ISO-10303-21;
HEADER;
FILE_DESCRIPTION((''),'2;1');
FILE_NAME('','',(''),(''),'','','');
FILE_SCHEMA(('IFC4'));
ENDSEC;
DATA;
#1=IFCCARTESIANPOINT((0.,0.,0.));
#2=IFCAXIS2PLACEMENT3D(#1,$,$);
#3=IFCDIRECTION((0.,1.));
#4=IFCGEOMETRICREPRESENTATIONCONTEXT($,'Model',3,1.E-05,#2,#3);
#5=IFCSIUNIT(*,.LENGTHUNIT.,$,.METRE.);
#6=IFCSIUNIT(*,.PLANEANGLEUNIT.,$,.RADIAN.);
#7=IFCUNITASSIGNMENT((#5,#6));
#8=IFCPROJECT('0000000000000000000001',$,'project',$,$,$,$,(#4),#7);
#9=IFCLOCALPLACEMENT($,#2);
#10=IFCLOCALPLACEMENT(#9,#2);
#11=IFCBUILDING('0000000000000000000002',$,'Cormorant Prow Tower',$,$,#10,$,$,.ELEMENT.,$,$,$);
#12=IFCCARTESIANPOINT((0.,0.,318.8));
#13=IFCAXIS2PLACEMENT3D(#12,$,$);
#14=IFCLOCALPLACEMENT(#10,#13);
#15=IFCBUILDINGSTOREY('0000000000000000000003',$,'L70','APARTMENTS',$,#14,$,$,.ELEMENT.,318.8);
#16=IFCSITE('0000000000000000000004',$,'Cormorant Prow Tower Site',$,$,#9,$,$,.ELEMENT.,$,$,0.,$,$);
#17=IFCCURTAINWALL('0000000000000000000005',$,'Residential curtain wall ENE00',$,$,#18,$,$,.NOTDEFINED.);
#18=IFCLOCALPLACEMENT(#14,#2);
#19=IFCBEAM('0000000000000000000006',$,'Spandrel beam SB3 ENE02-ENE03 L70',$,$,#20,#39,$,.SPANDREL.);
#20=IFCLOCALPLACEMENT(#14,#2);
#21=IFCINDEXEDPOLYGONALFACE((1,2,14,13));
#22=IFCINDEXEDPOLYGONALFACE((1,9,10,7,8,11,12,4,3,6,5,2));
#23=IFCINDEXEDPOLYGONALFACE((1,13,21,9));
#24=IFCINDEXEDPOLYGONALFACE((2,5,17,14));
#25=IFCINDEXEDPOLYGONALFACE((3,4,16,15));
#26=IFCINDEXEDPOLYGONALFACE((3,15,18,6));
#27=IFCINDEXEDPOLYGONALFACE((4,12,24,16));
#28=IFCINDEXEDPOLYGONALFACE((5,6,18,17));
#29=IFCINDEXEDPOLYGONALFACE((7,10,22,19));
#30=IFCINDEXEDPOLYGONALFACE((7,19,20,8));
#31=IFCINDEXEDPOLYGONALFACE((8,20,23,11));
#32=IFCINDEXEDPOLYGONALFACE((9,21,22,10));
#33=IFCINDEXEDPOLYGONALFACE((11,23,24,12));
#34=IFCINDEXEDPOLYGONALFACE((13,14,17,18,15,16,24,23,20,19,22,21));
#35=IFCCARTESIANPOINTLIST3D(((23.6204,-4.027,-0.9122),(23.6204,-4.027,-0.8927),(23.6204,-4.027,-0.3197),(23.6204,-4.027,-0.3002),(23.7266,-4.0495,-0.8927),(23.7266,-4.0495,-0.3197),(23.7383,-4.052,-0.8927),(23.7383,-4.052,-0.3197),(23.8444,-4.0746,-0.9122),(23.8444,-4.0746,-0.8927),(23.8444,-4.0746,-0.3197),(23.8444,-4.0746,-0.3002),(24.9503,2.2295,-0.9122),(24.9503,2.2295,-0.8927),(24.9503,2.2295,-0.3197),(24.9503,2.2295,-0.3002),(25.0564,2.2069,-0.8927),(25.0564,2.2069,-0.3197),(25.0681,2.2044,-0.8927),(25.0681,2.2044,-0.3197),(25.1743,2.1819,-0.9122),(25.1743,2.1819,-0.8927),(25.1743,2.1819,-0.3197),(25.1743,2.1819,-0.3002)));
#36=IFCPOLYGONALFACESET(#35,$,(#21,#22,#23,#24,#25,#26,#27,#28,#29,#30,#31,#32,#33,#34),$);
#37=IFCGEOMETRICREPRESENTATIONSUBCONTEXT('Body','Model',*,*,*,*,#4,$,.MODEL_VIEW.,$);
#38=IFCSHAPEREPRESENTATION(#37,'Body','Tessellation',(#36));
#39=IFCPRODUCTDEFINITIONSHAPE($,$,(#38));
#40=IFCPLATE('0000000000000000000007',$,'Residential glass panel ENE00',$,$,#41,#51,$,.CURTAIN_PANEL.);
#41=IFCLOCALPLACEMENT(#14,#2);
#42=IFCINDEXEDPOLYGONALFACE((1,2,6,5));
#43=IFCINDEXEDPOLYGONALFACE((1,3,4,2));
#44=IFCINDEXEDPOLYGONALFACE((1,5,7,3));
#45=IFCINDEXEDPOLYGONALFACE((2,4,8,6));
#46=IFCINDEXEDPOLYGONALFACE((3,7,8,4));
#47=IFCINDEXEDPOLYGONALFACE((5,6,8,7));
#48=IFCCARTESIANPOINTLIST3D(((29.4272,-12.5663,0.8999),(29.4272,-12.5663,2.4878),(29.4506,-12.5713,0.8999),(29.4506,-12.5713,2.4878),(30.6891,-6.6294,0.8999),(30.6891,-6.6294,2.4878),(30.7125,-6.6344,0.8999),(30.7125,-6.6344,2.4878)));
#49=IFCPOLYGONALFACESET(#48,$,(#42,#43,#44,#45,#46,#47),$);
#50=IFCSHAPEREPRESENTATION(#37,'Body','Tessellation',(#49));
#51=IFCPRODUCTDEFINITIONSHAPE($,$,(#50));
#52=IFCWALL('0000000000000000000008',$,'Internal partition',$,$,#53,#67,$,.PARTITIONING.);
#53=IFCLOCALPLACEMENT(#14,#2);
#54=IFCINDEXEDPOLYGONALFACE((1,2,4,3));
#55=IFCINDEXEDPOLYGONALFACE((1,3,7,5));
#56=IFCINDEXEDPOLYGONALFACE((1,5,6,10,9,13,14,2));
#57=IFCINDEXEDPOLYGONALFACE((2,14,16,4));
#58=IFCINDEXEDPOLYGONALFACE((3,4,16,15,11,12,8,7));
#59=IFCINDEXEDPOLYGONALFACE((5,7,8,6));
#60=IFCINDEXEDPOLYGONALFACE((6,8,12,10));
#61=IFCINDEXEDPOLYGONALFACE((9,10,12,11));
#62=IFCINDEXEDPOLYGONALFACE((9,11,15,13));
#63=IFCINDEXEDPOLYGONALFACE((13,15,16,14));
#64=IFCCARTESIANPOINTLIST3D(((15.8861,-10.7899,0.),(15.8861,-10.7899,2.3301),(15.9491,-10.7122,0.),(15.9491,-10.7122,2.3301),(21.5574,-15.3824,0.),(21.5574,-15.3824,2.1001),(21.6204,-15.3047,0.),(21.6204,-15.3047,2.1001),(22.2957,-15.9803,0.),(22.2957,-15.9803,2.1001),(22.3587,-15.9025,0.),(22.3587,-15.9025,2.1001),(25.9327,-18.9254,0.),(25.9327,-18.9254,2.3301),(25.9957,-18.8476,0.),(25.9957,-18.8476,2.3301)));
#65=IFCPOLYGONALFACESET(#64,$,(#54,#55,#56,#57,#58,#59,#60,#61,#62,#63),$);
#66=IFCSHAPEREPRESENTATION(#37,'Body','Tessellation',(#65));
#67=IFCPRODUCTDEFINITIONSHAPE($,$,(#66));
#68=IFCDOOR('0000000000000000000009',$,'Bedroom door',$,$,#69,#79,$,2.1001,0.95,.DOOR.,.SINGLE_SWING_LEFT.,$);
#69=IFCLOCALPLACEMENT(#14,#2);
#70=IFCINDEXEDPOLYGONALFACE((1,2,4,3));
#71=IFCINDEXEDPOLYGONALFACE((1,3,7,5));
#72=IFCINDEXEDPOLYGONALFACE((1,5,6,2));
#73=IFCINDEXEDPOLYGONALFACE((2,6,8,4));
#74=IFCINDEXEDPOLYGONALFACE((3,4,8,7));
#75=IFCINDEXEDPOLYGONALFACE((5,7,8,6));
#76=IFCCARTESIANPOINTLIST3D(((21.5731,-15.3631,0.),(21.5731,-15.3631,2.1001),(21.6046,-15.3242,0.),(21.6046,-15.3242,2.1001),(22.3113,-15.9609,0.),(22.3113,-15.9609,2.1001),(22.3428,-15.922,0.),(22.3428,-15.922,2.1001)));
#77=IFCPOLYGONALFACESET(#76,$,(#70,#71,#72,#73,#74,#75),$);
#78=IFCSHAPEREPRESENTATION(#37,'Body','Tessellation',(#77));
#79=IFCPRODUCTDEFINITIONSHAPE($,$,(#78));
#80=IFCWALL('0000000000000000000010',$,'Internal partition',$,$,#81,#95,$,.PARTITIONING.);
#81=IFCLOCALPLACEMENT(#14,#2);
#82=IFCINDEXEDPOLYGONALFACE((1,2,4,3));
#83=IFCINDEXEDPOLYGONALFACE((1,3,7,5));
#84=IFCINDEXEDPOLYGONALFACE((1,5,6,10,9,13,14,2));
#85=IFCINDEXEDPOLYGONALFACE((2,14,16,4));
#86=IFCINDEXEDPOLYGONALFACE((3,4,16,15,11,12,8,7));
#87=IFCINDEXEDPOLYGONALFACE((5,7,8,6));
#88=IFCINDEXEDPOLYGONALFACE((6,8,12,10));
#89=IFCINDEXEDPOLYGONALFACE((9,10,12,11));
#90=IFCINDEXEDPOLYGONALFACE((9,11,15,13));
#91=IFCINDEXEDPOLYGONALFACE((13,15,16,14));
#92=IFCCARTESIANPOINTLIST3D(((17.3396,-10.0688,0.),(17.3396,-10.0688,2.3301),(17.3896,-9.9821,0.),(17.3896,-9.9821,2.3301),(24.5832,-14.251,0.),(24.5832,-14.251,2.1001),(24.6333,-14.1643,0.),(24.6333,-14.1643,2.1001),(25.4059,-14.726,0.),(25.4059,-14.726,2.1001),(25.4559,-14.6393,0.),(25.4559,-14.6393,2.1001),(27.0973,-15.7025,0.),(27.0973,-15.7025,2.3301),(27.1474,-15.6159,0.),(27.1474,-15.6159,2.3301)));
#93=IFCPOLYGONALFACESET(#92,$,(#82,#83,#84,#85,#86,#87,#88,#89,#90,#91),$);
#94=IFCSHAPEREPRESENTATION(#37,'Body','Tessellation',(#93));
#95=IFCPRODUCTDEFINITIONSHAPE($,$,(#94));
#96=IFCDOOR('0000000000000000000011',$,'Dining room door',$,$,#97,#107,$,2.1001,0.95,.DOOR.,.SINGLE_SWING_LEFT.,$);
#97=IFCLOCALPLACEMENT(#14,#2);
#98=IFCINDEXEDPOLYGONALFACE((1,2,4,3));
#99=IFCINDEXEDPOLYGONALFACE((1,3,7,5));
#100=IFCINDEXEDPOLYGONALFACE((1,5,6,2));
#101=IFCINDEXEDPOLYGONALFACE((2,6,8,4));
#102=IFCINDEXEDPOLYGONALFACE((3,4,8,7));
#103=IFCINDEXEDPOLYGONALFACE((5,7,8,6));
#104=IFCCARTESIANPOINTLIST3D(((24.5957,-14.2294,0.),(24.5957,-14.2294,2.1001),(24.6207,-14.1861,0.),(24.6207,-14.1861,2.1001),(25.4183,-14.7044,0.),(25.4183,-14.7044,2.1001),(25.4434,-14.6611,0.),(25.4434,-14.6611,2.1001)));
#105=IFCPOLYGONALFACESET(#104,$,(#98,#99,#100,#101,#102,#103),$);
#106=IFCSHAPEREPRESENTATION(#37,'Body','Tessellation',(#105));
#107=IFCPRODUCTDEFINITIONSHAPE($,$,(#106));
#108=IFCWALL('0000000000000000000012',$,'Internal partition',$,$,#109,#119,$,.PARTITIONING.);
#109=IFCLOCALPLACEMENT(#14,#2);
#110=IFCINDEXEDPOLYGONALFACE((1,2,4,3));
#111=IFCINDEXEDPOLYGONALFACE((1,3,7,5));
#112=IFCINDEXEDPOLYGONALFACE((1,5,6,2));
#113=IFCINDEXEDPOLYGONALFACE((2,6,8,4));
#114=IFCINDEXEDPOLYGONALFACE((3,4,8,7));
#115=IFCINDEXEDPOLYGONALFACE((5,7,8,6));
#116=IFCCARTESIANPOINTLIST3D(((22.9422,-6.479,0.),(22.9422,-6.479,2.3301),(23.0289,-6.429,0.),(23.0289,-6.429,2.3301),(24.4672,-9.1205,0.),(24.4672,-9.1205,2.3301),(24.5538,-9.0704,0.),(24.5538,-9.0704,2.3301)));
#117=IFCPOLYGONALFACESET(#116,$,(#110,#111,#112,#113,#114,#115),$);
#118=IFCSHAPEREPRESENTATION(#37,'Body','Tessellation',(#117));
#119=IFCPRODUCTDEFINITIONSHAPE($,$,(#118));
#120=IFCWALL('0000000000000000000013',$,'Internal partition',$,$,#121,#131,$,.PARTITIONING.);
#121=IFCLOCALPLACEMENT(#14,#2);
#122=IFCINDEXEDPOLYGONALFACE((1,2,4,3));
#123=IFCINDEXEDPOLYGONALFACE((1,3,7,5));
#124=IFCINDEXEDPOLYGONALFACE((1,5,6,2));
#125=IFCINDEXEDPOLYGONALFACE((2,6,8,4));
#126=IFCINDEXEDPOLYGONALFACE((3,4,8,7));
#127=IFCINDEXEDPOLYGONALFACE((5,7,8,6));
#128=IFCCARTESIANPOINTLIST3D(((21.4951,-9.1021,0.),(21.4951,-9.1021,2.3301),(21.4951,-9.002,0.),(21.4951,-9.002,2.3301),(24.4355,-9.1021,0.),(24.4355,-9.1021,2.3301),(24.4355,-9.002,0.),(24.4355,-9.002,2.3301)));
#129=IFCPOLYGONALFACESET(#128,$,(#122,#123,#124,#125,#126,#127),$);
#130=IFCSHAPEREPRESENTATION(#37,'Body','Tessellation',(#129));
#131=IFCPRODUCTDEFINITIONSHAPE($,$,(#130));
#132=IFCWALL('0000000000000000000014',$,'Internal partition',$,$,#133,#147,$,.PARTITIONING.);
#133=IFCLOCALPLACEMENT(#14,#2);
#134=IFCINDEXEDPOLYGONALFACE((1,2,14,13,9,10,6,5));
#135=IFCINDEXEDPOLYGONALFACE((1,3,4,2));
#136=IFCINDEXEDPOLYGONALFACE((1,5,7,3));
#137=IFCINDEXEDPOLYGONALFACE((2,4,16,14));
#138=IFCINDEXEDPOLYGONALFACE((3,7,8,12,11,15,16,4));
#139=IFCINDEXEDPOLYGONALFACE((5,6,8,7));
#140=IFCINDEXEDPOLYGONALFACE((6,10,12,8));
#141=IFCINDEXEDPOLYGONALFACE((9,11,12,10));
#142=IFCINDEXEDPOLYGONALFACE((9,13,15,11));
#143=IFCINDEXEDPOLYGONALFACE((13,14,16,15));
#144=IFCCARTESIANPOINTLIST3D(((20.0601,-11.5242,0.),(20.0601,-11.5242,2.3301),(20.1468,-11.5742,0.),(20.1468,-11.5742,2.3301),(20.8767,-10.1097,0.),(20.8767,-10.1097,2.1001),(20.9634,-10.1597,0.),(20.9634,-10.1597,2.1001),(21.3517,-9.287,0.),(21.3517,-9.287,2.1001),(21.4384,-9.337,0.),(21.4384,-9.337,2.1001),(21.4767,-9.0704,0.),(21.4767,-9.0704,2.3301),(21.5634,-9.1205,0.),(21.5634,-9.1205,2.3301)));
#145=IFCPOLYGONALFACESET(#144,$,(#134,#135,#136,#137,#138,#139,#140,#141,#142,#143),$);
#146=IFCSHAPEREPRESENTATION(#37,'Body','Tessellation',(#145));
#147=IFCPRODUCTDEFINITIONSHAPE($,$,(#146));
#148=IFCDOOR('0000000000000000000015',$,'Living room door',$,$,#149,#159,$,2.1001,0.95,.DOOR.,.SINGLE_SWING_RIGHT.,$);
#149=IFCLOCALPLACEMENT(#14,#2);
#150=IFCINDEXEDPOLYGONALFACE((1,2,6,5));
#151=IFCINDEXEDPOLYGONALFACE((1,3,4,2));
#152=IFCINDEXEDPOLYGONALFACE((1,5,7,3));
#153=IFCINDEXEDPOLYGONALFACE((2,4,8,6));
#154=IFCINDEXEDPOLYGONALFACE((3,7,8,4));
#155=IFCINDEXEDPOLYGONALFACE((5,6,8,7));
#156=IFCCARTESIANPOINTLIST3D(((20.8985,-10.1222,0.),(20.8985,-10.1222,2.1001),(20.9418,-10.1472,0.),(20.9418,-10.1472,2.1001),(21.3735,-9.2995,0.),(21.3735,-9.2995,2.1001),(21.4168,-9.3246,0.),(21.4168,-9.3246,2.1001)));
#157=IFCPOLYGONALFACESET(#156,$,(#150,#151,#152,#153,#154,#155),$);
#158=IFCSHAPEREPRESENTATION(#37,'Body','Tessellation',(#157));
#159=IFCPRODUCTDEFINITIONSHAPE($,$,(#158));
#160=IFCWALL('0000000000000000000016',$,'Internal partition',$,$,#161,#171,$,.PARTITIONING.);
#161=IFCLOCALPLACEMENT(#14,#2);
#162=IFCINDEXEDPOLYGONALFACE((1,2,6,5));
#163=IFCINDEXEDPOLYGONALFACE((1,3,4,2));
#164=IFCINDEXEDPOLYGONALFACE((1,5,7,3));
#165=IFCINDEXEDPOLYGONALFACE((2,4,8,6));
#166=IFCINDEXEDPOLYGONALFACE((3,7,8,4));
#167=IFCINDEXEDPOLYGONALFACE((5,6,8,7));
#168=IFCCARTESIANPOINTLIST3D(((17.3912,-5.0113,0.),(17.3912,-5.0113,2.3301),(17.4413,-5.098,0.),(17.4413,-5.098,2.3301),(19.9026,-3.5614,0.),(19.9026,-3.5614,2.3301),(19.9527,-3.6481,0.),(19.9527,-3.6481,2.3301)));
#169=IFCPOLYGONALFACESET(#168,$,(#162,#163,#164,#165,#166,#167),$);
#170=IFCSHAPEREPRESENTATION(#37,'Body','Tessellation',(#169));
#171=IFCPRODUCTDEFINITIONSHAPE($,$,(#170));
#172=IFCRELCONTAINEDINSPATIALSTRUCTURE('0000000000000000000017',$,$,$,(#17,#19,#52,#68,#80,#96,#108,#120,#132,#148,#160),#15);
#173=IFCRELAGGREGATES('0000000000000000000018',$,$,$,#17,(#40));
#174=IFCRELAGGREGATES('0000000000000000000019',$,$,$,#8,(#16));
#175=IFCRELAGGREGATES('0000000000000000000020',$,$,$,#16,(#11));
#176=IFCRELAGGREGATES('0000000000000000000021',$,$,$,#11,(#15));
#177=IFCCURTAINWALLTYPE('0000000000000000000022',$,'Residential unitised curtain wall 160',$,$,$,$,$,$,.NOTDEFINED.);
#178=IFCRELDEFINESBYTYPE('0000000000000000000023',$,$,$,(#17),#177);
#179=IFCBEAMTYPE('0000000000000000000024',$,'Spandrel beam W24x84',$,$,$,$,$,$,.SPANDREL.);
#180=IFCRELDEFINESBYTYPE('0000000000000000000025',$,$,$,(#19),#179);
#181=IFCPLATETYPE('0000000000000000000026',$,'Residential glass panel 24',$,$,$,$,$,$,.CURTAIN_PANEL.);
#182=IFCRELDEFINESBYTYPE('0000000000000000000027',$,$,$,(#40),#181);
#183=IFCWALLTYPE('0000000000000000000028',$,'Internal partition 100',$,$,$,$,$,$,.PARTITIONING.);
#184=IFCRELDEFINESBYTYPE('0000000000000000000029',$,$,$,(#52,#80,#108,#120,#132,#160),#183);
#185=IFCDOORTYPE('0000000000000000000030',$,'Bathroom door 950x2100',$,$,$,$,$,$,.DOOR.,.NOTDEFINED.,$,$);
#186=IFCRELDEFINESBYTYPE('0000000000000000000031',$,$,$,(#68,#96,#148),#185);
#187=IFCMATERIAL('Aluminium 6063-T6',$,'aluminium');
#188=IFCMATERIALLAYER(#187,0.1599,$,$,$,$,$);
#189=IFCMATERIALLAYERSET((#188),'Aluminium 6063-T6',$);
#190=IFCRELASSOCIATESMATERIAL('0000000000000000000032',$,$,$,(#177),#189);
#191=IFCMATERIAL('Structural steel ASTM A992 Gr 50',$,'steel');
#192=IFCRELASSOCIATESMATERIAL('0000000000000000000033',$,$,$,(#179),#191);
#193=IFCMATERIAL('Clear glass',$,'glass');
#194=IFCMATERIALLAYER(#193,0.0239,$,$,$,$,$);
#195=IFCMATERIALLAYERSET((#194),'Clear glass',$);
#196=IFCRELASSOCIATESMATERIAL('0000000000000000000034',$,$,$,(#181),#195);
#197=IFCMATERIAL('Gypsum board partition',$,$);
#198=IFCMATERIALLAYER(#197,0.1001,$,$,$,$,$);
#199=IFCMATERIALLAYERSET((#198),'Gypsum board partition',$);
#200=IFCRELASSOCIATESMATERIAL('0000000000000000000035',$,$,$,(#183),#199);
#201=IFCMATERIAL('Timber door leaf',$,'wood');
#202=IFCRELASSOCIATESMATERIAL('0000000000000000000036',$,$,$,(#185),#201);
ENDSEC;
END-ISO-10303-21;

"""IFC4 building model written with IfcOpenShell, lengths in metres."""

from ifc_helpers import new_model, si_unit, direction, frame, frame_2d, origin, origin_2d, place, context, subcontext, project, spatial, rectangle, i_section, extrude, material, layer, layer_set, material_profile, profile_set, type_object, element, fill, aggregate, save


model = new_model("IFC4")

# Units and contexts
model_context = context("Model", 3, precision=1e-05, world=origin(), true_north=direction((0.0, 1.0)))
body_context = subcontext(model_context, "Body", "Model", "MODEL_VIEW")
ifc_project = project(units=[si_unit("LENGTHUNIT", "METRE"), si_unit("PLANEANGLEUNIT", "RADIAN")], contexts=[model_context])

# Site, building, storey
site_placement = place(None, origin())
site = spatial("IfcSite", under=ifc_project, at=site_placement, Name="Cormorant Prow Tower Site", CompositionType="ELEMENT", RefElevation=0.0)
building_placement = place(site_placement, origin())
building = spatial("IfcBuilding", under=site, at=building_placement, Name="Cormorant Prow Tower", CompositionType="ELEMENT")
storey_placement = place(building_placement, frame((0.0, 0.0, 318.8)))
storey = spatial("IfcBuildingStorey", under=building, at=storey_placement, Name="L70", Description="APARTMENTS", CompositionType="ELEMENT", Elevation=318.8)

# Curtain wall
ifc_material_1 = material(Name="Aluminium 6063-T6", Category="aluminium")
ifc_layer_1 = layer(ifc_material_1, 0.1599)
ifc_layer_set_1 = layer_set([ifc_layer_1], Name="Aluminium 6063-T6")
curtain_wall_type = type_object("IfcCurtainWallType", Name="Residential unitised curtain wall 160", PredefinedType="NOTDEFINED", material=ifc_layer_set_1)
curtain_wall_1_placement = place(storey_placement, origin())
curtain_wall_1 = element("IfcCurtainWall", 1, at=curtain_wall_1_placement, inside=storey, type_object=curtain_wall_type, Name="Residential curtain wall ENE00", PredefinedType="NOTDEFINED")

# Beam
ifc_material_2 = material(Name="Structural steel ASTM A992 Gr 50", Category="steel")
ifc_material_profile_1 = material_profile(ifc_material_2, i_section(OverallWidth=0.229, OverallDepth=0.6121, WebThickness=0.012, FlangeThickness=0.0195, at=origin_2d()), Name="W24x84")
ifc_profile_set_1 = profile_set([ifc_material_profile_1], Name="Structural steel ASTM A992 Gr 50")
beam_type_1 = type_object("IfcBeamType", Name="Spandrel beam W24x84", PredefinedType="SPANDREL", material=ifc_profile_set_1)
beam_1_placement = place(storey_placement, frame((23.7324, -4.0508, -0.6062), z_axis=(0.207913, 0.978147, 0.0), x_axis=(-0.978147, 0.207913, 0.0)))
element("IfcBeam", 2, at=beam_1_placement, inside=storey, type_object=beam_type_1, Name="Spandrel beam SB3 ENE02-ENE03 L70", PredefinedType="SPANDREL", context=body_context, shape_type="SweptSolid", body=[
    extrude(i_section(OverallWidth=0.229, OverallDepth=0.6121, WebThickness=0.012, FlangeThickness=0.0195, at=origin_2d()), origin(), (0.0, 0.0, 1.0), 6.3962),
])

# Plate
ifc_material_3 = material(Name="Clear glass", Category="glass")
ifc_layer_2 = layer(ifc_material_3, 0.0239)
ifc_layer_set_2 = layer_set([ifc_layer_2], Name="Clear glass")
plate_type = type_object("IfcPlateType", Name="Residential glass panel 24", PredefinedType="CURTAIN_PANEL", material=ifc_layer_set_2)
plate_placement = place(storey_placement, frame((30.0698, -9.6003, 0.8999), z_axis=(0.0, 0.0, 1.0), x_axis=(0.207912, 0.978148, 0.0)))
plate = element("IfcPlate", 3, at=plate_placement, type_object=plate_type, Name="Residential glass panel ENE00", PredefinedType="CURTAIN_PANEL", context=body_context, shape_type="SweptSolid", body=[
    extrude(rectangle(XDim=6.0696, YDim=0.0239, at=origin_2d()), origin(), (0.0, 0.0, 1.0), 1.5879),
])
aggregate(curtain_wall_1, [plate])

# Walls, openings, doors
ifc_material_4 = material(Name="Gypsum board partition")
ifc_layer_3 = layer(ifc_material_4, 0.1001)
ifc_layer_set_3 = layer_set([ifc_layer_3], Name="Gypsum board partition")
wall_type_1 = type_object("IfcWallType", Name="Internal partition 100", PredefinedType="PARTITIONING", material=ifc_layer_set_3)
wall_1_placement = place(storey_placement, frame((15.9175, -10.751, 0.0), z_axis=(0.0, 0.0, 1.0), x_axis=(0.77715, -0.629316, 0.0)))
wall_1 = element("IfcWall", 4, at=wall_1_placement, inside=storey, type_object=wall_type_1, Name="Internal partition", PredefinedType="PARTITIONING", context=body_context, shape_type="SweptSolid", body=[
    extrude(rectangle(XDim=12.9275, YDim=0.1001, at=frame_2d((6.4639, 0.0))), origin(), (0.0, 0.0, 1.0), 2.3301),
])
opening_1_placement = place(wall_1_placement, frame((7.2976, 0.0, 0.0)))
opening_1 = element("IfcOpeningElement", 5, at=opening_1_placement, cuts=wall_1, PredefinedType="OPENING", context=body_context, shape_type="SweptSolid", body=[
    extrude(rectangle(XDim=0.95, YDim=2.1001, at=frame_2d((0.4751, 1.05))), frame((0.0, 0.0601, 0.0), z_axis=(0.0, -1.0, 0.0), x_axis=(1.0, 0.0, 0.0)), (0.0, 0.0, 1.0), 0.1201),
])
ifc_material_5 = material(Name="Timber door leaf", Category="wood")
door_type_1 = type_object("IfcDoorType", Name="Bathroom door 950x2100", OperationType="NOTDEFINED", PredefinedType="DOOR", material=ifc_material_5)
door_1_placement = place(opening_1_placement, origin())
door_1 = element("IfcDoor", 6, at=door_1_placement, inside=storey, type_object=door_type_1, Name="Bedroom door", OperationType="SINGLE_SWING_LEFT", OverallHeight=2.1001, OverallWidth=0.95, PredefinedType="DOOR", context=body_context, shape_type="SweptSolid", body=[
    extrude(rectangle(XDim=0.95, YDim=2.1001, at=frame_2d((0.4751, 1.05))), frame((0.0, 0.0249, 0.0), z_axis=(0.0, -1.0, 0.0), x_axis=(1.0, 0.0, 0.0)), (0.0, 0.0, 1.0), 0.05),
])
fill(opening_1, door_1)
wall_2_placement = place(storey_placement, frame((17.3645, -10.0254, 0.0), z_axis=(0.0, 0.0, 1.0), x_axis=(0.866021, -0.500008, 0.0)))
wall_2 = element("IfcWall", 7, at=wall_2_placement, inside=storey, type_object=wall_type_1, Name="Internal partition", PredefinedType="PARTITIONING", context=body_context, shape_type="SweptSolid", body=[
    extrude(rectangle(XDim=11.2673, YDim=0.1001, at=frame_2d((5.6338, 0.0))), origin(), (0.0, 0.0, 1.0), 2.3301),
])
opening_2_placement = place(wall_2_placement, frame((8.3643, 0.0, 0.0)))
opening_2 = element("IfcOpeningElement", 8, at=opening_2_placement, cuts=wall_2, PredefinedType="OPENING", context=body_context, shape_type="SweptSolid", body=[
    extrude(rectangle(XDim=0.95, YDim=2.1001, at=frame_2d((0.4751, 1.05))), frame((0.0, 0.0601, 0.0), z_axis=(0.0, -1.0, 0.0), x_axis=(1.0, 0.0, 0.0)), (0.0, 0.0, 1.0), 0.1201),
])
door_2_placement = place(opening_2_placement, origin())
door_2 = element("IfcDoor", 9, at=door_2_placement, inside=storey, type_object=door_type_1, Name="Dining room door", OperationType="SINGLE_SWING_LEFT", OverallHeight=2.1001, OverallWidth=0.95, PredefinedType="DOOR", context=body_context, shape_type="SweptSolid", body=[
    extrude(rectangle(XDim=0.95, YDim=2.1001, at=frame_2d((0.4751, 1.05))), frame((0.0, 0.0249, 0.0), z_axis=(0.0, -1.0, 0.0), x_axis=(1.0, 0.0, 0.0)), (0.0, 0.0, 1.0), 0.05),
])
fill(opening_2, door_2)

# Walls
wall_3_placement = place(storey_placement, frame((22.9856, -6.4541, 0.0), z_axis=(0.0, 0.0, 1.0), x_axis=(0.499979, -0.866038, 0.0)))
element("IfcWall", 10, at=wall_3_placement, inside=storey, type_object=wall_type_1, Name="Internal partition", PredefinedType="PARTITIONING", context=body_context, shape_type="SweptSolid", body=[
    extrude(rectangle(XDim=3.05, YDim=0.1001, at=frame_2d((1.5249, 0.0))), origin(), (0.0, 0.0, 1.0), 2.3301),
])
wall_4_placement = place(storey_placement, frame((21.4951, -9.052, 0.0), z_axis=(0.0, 0.0, 1.0), x_axis=(1.0, 0.0, 0.0)))
element("IfcWall", 11, at=wall_4_placement, inside=storey, type_object=wall_type_1, Name="Internal partition", PredefinedType="PARTITIONING", context=body_context, shape_type="SweptSolid", body=[
    extrude(rectangle(XDim=2.9404, YDim=0.1001, at=frame_2d((1.4702, 0.0))), origin(), (0.0, 0.0, 1.0), 2.3301),
])

# Wall, opening, door
wall_5_placement = place(storey_placement, frame((20.1035, -11.5491, 0.0), z_axis=(0.0, 0.0, 1.0), x_axis=(0.499976, 0.866039, 0.0)))
wall_5 = element("IfcWall", 12, at=wall_5_placement, inside=storey, type_object=wall_type_1, Name="Internal partition", PredefinedType="PARTITIONING", context=body_context, shape_type="SweptSolid", body=[
    extrude(rectangle(XDim=2.8333, YDim=0.1001, at=frame_2d((1.4165, 0.0))), origin(), (0.0, 0.0, 1.0), 2.3301),
])
opening_3_placement = place(wall_5_placement, frame((1.6331, 0.0, 0.0)))
opening_3 = element("IfcOpeningElement", 13, at=opening_3_placement, cuts=wall_5, PredefinedType="OPENING", context=body_context, shape_type="SweptSolid", body=[
    extrude(rectangle(XDim=0.95, YDim=2.1001, at=frame_2d((0.4751, 1.05))), frame((0.0, 0.0601, 0.0), z_axis=(0.0, -1.0, 0.0), x_axis=(1.0, 0.0, 0.0)), (0.0, 0.0, 1.0), 0.1201),
])
door_3_placement = place(opening_3_placement, origin())
door_3 = element("IfcDoor", 14, at=door_3_placement, inside=storey, type_object=door_type_1, Name="Living room door", OperationType="SINGLE_SWING_RIGHT", OverallHeight=2.1001, OverallWidth=0.95, PredefinedType="DOOR", context=body_context, shape_type="SweptSolid", body=[
    extrude(rectangle(XDim=0.95, YDim=2.1001, at=frame_2d((0.4751, 1.05))), frame((0.0, 0.0249, 0.0), z_axis=(0.0, -1.0, 0.0), x_axis=(1.0, 0.0, 0.0)), (0.0, 0.0, 1.0), 0.05),
])
fill(opening_3, door_3)

# Wall
wall_6_placement = place(storey_placement, frame((17.4163, -5.0547, 0.0), z_axis=(0.0, 0.0, 1.0), x_axis=(0.866033, 0.499987, 0.0)))
element("IfcWall", 15, at=wall_6_placement, inside=storey, type_object=wall_type_1, Name="Internal partition", PredefinedType="PARTITIONING", context=body_context, shape_type="SweptSolid", body=[
    extrude(rectangle(XDim=2.8999, YDim=0.1001, at=frame_2d((1.45, 0.0))), origin(), (0.0, 0.0, 1.0), 2.3301),
])

save(model, "model.ifc")
